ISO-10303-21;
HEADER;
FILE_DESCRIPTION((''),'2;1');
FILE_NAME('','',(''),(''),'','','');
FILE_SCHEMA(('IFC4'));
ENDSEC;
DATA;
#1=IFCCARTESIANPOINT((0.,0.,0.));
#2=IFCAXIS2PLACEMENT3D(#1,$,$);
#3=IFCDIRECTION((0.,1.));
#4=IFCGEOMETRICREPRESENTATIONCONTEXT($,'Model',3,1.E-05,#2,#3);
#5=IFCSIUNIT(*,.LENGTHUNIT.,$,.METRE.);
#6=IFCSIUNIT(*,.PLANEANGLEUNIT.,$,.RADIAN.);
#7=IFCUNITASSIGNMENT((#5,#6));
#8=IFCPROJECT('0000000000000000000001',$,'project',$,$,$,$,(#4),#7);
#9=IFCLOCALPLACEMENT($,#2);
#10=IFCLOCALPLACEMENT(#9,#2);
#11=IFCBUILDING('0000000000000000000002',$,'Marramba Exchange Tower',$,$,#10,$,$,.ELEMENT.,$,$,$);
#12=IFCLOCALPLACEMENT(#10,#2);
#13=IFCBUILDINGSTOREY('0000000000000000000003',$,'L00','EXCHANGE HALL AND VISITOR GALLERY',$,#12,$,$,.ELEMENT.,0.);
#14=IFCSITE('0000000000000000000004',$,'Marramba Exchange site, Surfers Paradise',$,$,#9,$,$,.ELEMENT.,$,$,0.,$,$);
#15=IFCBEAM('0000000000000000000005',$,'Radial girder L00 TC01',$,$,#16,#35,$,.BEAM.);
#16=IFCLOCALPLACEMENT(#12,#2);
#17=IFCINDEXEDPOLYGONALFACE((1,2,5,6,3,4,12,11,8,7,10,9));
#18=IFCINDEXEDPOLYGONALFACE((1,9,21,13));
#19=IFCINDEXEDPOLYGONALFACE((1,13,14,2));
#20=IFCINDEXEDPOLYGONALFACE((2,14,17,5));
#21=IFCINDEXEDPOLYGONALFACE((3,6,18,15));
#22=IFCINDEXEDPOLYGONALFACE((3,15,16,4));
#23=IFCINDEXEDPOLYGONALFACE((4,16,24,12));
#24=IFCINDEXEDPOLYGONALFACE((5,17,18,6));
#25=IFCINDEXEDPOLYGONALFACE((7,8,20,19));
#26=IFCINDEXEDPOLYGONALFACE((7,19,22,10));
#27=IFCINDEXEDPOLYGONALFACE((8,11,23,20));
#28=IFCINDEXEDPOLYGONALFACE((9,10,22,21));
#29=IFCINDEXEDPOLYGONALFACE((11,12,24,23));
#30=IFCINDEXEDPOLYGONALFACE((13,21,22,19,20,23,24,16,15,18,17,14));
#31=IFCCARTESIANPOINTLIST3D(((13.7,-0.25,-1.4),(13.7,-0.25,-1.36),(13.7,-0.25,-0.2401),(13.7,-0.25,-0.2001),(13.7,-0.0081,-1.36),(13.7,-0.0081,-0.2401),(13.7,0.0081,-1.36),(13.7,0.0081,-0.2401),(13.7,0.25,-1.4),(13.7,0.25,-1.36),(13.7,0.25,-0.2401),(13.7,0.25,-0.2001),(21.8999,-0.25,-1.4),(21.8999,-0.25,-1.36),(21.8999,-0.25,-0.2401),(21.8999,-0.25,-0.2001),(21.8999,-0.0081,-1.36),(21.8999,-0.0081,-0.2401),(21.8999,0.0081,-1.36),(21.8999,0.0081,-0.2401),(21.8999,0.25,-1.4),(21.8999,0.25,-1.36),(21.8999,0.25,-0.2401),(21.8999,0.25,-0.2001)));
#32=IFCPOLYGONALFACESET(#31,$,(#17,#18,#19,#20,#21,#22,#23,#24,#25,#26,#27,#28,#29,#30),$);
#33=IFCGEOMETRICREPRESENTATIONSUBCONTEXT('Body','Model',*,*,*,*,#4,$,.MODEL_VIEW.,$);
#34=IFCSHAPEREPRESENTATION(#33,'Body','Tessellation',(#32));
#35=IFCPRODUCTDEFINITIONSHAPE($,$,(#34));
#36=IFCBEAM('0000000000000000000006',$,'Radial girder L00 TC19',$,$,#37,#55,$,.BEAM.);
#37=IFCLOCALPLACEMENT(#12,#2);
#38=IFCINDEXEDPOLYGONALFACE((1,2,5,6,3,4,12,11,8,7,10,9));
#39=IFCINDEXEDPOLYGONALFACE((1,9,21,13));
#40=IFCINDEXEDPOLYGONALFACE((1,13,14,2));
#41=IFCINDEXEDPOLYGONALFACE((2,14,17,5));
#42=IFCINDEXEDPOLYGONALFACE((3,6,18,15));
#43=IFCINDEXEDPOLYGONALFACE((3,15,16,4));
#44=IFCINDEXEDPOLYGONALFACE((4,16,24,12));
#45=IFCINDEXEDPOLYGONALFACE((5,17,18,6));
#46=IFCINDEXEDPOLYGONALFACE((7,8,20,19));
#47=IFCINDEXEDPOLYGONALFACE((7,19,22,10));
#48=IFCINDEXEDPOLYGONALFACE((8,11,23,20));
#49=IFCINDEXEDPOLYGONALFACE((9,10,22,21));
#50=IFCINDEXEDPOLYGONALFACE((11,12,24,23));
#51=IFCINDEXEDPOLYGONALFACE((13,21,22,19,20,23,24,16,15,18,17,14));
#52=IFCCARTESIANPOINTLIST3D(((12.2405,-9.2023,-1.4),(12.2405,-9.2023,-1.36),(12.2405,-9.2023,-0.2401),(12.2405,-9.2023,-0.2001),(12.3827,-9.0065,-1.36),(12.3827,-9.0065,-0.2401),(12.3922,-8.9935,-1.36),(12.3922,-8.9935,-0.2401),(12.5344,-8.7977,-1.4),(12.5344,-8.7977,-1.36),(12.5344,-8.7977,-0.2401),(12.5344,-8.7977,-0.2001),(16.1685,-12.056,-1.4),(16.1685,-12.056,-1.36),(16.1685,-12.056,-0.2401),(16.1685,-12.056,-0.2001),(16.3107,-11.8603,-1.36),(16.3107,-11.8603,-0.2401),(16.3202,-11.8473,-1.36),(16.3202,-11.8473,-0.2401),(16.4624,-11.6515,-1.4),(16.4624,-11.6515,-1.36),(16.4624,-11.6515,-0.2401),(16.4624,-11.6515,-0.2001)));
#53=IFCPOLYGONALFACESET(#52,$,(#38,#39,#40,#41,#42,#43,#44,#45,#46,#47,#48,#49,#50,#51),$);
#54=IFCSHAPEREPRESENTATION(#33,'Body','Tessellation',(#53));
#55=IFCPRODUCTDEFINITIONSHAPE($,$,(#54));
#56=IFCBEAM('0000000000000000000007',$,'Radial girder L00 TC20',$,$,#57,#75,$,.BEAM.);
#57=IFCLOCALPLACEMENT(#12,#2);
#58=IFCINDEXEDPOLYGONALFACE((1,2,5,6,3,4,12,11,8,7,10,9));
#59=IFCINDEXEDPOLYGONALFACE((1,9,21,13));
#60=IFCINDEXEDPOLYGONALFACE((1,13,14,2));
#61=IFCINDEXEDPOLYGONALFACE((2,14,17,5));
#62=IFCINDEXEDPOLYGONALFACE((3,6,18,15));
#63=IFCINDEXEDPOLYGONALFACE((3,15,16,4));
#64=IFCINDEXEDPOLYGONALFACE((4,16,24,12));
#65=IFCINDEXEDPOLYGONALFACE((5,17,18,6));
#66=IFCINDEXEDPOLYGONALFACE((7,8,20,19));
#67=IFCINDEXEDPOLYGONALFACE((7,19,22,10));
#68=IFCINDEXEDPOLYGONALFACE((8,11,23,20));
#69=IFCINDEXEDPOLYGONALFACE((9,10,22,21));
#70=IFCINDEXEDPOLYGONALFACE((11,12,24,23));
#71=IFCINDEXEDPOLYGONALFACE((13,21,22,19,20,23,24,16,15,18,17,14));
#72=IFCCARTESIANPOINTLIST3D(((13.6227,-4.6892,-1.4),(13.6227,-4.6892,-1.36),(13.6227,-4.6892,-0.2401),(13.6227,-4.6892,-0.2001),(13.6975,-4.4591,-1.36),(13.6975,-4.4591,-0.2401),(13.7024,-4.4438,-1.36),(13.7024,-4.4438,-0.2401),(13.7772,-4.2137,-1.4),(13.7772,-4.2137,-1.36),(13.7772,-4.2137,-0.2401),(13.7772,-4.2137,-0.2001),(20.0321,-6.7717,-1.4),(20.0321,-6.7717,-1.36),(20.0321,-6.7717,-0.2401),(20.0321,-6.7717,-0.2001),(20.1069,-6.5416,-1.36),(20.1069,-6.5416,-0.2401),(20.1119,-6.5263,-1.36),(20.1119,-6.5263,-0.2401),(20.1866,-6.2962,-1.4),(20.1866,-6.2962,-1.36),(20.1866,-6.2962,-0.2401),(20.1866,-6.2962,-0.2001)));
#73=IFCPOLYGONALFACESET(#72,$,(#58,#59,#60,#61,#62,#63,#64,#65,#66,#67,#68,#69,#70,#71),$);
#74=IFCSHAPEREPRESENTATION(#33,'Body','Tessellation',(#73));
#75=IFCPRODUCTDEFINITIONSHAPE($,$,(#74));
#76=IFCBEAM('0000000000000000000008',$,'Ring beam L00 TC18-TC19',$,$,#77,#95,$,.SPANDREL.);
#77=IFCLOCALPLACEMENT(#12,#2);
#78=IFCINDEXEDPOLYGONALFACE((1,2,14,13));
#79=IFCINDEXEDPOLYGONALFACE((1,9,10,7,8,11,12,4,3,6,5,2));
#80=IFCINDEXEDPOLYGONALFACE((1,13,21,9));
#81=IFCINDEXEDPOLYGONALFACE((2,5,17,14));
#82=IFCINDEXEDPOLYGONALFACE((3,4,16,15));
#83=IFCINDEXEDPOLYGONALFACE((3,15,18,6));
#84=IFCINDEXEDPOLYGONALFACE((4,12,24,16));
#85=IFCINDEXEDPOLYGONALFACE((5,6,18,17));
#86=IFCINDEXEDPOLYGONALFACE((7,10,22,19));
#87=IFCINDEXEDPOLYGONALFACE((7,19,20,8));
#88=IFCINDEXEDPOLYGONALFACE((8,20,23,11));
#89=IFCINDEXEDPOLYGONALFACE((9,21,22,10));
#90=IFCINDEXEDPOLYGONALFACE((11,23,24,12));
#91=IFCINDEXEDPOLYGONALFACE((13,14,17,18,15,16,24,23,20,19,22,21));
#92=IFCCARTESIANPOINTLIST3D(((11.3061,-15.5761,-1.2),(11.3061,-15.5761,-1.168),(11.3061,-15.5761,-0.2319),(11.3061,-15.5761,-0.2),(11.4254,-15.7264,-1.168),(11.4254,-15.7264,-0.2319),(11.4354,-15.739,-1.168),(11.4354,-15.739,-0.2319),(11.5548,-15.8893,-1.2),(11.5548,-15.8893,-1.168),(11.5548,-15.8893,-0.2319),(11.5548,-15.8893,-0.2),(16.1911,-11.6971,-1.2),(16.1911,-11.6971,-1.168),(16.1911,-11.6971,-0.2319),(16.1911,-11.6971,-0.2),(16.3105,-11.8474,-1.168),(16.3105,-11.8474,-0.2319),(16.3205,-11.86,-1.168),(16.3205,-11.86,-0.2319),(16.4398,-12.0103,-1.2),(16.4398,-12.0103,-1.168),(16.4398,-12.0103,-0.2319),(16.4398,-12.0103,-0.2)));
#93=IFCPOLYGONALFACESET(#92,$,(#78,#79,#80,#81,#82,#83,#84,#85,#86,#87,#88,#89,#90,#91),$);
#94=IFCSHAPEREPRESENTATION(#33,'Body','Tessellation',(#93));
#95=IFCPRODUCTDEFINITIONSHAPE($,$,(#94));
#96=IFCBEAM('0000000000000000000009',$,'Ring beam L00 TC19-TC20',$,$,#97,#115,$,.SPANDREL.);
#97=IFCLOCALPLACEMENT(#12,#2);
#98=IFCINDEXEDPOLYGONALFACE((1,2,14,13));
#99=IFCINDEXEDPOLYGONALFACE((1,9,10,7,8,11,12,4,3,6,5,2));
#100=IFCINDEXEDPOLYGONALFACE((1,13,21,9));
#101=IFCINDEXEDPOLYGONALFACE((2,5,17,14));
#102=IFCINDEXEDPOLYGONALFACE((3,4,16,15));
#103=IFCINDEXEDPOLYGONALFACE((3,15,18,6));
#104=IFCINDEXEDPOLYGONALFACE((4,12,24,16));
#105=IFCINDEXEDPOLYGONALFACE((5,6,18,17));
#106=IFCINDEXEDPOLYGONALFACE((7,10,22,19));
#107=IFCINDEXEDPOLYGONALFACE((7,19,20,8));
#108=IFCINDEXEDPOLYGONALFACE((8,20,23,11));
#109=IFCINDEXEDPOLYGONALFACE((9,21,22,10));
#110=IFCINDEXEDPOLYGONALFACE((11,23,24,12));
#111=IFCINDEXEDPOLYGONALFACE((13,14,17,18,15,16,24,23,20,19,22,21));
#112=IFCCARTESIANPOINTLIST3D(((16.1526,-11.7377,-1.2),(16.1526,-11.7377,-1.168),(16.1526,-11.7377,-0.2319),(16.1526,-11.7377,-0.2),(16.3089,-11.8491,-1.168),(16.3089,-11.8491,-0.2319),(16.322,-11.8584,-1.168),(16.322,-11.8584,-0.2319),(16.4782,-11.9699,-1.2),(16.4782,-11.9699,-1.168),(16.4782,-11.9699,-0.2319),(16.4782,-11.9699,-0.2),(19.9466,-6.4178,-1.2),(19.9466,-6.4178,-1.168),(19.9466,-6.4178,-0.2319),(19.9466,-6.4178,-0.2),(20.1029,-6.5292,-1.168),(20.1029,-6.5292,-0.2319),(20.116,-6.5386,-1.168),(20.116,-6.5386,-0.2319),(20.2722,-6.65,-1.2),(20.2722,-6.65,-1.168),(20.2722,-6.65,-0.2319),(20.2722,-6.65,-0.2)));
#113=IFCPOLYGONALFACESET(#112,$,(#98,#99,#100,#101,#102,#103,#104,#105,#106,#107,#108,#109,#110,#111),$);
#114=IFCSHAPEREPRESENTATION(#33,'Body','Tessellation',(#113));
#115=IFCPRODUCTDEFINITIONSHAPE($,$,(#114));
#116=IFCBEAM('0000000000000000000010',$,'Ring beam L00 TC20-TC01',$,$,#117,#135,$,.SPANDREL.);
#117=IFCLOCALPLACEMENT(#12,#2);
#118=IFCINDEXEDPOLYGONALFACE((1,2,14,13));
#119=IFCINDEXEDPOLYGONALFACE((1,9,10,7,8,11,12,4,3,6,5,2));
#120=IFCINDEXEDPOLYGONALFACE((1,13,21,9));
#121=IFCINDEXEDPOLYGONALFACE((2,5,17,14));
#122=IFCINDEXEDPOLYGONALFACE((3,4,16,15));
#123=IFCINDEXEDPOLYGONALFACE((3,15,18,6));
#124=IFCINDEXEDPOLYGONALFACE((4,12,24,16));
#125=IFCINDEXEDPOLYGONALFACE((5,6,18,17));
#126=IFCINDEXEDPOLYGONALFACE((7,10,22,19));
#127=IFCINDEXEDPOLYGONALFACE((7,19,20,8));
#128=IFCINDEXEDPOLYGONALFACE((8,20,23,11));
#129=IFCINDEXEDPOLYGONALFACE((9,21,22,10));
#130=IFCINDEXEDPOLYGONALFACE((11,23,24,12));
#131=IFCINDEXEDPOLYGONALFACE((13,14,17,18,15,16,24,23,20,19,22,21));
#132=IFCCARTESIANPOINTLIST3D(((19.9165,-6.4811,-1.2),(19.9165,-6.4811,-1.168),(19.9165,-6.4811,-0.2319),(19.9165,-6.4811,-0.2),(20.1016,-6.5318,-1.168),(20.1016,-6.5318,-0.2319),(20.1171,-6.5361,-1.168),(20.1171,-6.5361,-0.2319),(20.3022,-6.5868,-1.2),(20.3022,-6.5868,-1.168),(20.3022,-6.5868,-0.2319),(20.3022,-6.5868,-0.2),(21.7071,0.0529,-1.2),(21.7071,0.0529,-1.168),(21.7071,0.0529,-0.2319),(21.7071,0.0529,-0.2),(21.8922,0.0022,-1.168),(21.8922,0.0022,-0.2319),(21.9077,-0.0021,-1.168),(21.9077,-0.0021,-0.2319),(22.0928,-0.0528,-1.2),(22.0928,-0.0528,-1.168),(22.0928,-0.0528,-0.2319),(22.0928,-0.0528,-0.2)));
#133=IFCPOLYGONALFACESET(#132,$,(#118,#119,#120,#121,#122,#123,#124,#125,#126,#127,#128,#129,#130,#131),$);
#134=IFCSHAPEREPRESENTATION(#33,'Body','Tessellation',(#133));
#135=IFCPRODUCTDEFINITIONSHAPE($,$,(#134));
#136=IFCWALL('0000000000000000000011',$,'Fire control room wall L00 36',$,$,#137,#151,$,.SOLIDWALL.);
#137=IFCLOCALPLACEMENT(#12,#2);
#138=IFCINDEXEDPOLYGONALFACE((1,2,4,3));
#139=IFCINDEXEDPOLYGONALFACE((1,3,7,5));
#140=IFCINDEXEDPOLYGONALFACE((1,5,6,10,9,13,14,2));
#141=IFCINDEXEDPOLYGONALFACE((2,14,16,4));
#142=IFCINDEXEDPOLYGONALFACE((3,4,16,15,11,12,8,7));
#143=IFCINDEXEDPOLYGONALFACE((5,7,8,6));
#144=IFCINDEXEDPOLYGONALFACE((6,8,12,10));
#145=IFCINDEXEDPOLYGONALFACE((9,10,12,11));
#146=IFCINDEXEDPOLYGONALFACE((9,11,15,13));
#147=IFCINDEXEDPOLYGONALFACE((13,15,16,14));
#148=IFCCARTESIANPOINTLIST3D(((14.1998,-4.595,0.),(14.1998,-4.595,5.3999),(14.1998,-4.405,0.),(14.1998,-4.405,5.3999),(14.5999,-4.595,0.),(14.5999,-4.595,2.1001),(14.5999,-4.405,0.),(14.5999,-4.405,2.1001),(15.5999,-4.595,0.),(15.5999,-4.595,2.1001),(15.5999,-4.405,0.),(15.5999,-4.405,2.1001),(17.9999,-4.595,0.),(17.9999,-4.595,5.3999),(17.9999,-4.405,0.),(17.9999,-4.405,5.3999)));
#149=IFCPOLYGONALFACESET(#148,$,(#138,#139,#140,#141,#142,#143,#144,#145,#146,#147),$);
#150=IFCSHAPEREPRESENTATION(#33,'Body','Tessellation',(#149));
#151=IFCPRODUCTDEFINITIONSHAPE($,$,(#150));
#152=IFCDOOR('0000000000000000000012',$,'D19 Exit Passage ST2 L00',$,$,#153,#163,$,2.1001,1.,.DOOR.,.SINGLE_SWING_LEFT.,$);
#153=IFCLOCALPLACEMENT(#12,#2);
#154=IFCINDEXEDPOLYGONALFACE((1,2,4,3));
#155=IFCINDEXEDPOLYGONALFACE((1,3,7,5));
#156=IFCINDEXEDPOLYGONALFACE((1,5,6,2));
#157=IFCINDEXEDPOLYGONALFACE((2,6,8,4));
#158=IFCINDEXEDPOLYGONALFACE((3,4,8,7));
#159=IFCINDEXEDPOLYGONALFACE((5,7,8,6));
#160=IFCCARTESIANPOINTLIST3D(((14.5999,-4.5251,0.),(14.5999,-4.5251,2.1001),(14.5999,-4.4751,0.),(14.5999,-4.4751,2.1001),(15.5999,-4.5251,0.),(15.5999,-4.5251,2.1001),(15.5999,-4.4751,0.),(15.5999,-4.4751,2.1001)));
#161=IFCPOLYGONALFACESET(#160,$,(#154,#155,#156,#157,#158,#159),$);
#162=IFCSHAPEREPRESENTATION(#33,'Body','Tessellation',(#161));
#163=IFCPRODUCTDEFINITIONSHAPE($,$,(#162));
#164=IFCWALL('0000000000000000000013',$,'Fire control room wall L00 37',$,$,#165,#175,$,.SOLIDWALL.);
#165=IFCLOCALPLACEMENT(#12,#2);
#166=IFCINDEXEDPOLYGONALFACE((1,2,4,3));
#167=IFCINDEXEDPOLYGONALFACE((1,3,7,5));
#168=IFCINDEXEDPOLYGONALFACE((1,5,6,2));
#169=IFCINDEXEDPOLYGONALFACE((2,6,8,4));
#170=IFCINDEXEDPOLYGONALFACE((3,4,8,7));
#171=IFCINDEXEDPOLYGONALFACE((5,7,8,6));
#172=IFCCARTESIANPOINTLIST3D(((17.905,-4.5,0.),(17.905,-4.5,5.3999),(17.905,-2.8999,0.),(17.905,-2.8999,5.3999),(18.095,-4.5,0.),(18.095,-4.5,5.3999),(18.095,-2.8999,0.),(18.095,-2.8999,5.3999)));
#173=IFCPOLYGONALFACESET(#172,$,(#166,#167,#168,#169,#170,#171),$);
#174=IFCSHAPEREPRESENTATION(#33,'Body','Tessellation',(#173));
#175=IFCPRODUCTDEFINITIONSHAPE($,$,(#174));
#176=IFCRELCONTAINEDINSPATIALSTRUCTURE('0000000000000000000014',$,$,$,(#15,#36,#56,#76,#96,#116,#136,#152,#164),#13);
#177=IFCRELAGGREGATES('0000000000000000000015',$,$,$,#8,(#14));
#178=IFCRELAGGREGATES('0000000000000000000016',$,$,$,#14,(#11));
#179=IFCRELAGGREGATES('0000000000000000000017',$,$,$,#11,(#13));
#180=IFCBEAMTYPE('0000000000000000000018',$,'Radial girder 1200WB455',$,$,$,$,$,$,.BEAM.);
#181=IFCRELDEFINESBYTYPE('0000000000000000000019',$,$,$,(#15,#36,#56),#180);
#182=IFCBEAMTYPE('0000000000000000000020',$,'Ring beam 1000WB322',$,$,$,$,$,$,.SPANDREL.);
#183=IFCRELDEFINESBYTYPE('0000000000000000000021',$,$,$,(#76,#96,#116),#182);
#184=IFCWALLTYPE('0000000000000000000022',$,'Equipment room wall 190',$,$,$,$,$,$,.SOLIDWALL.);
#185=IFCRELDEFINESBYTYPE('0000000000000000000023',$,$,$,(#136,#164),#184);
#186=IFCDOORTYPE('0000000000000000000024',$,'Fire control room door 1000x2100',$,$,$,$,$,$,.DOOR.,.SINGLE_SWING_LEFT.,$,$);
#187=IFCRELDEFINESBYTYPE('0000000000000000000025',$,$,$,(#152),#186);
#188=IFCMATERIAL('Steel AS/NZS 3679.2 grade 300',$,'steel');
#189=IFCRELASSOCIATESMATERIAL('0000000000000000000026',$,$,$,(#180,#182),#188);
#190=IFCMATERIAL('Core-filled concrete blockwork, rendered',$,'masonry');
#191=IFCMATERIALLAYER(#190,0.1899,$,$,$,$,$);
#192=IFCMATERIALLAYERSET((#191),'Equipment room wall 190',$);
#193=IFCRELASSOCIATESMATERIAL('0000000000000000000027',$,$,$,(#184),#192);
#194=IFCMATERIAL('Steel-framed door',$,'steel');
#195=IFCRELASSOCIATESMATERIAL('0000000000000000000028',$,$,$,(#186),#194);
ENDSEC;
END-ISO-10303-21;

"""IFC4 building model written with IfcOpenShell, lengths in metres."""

from ifc_helpers import new_model, si_unit, direction, frame, frame_2d, origin, origin_2d, place, context, subcontext, project, spatial, rectangle, i_section, extrude, material, layer, layer_set, material_profile, profile_set, type_object, element, fill, save


model = new_model("IFC4")

# Units and contexts
model_context = context("Model", 3, precision=1e-05, world=origin(), true_north=direction((0.0, 1.0)))
body_context = subcontext(model_context, "Body", "Model", "MODEL_VIEW")
ifc_project = project(units=[si_unit("LENGTHUNIT", "METRE"), si_unit("PLANEANGLEUNIT", "RADIAN")], contexts=[model_context])

# Site, building, storey
site_placement = place(None, origin())
site = spatial("IfcSite", under=ifc_project, at=site_placement, Name="Marramba Exchange site, Surfers Paradise", CompositionType="ELEMENT", RefElevation=0.0)
building_placement = place(site_placement, origin())
building = spatial("IfcBuilding", under=site, at=building_placement, Name="Marramba Exchange Tower", CompositionType="ELEMENT")
storey_placement = place(building_placement, origin())
storey = spatial("IfcBuildingStorey", under=building, at=storey_placement, Name="L00", Description="EXCHANGE HALL AND VISITOR GALLERY", CompositionType="ELEMENT", Elevation=0.0)

# Beams
ifc_material_1 = material(Name="Steel AS/NZS 3679.2 grade 300", Category="steel")
ifc_material_profile_1 = material_profile(ifc_material_1, i_section(OverallWidth=0.5, OverallDepth=1.2, WebThickness=0.0161, FlangeThickness=0.04, at=origin_2d()), Name="1200WB455")
ifc_profile_set_1 = profile_set([ifc_material_profile_1], Name="Steel AS/NZS 3679.2 grade 300")
beam_type_1 = type_object("IfcBeamType", Name="Radial girder 1200WB455", PredefinedType="BEAM", material=ifc_profile_set_1)
beam_1_placement = place(storey_placement, frame((13.7, 0.0, -0.8), z_axis=(1.0, 0.0, 0.0), x_axis=(0.0, 1.0, 0.0)))
element("IfcBeam", 1, at=beam_1_placement, inside=storey, type_object=beam_type_1, Name="Radial girder L00 TC01", PredefinedType="BEAM", context=body_context, shape_type="SweptSolid", body=[
    extrude(i_section(OverallWidth=0.5, OverallDepth=1.2, WebThickness=0.0161, FlangeThickness=0.04, at=origin_2d()), origin(), (0.0, 0.0, 1.0), 8.2),
])
beam_2_placement = place(storey_placement, frame((12.3875, -9.0, -0.8), z_axis=(0.809025, -0.587774, 0.0), x_axis=(0.587774, 0.809025, 0.0)))
element("IfcBeam", 2, at=beam_2_placement, inside=storey, type_object=beam_type_1, Name="Radial girder L00 TC19", PredefinedType="BEAM", context=body_context, shape_type="SweptSolid", body=[
    extrude(i_section(OverallWidth=0.5, OverallDepth=1.2, WebThickness=0.0161, FlangeThickness=0.04, at=origin_2d()), origin(), (0.0, 0.0, 1.0), 4.8552),
])
beam_3_placement = place(storey_placement, frame((13.7, -4.4514, -0.8), z_axis=(0.951058, -0.309013, 0.0), x_axis=(0.309013, 0.951058, 0.0)))
element("IfcBeam", 3, at=beam_3_placement, inside=storey, type_object=beam_type_1, Name="Radial girder L00 TC20", PredefinedType="BEAM", context=body_context, shape_type="SweptSolid", body=[
    extrude(i_section(OverallWidth=0.5, OverallDepth=1.2, WebThickness=0.0161, FlangeThickness=0.04, at=origin_2d()), origin(), (0.0, 0.0, 1.0), 6.7393),
])
ifc_material_profile_2 = material_profile(ifc_material_1, i_section(OverallWidth=0.3999, OverallDepth=1.0, WebThickness=0.0161, FlangeThickness=0.032, at=origin_2d()), Name="1000WB322")
ifc_profile_set_2 = profile_set([ifc_material_profile_2], Name="Steel AS/NZS 3679.2 grade 300")
beam_type_2 = type_object("IfcBeamType", Name="Ring beam 1000WB322", PredefinedType="SPANDREL", material=ifc_profile_set_2)
beam_4_placement = place(storey_placement, frame((11.4304, -15.7327, -0.7), z_axis=(0.783139, 0.621846, 0.0), x_axis=(-0.621846, 0.783139, 0.0)))
element("IfcBeam", 4, at=beam_4_placement, inside=storey, type_object=beam_type_2, Name="Ring beam L00 TC18-TC19", PredefinedType="SPANDREL", context=body_context, shape_type="SweptSolid", body=[
    extrude(i_section(OverallWidth=0.3999, OverallDepth=1.0, WebThickness=0.0161, FlangeThickness=0.032, at=origin_2d()), origin(), (0.0, 0.0, 1.0), 6.2378),
])
beam_5_placement = place(storey_placement, frame((16.3154, -11.8538, -0.7), z_axis=(0.580637, 0.814162, 0.0), x_axis=(-0.814162, 0.580637, 0.0)))
element("IfcBeam", 5, at=beam_5_placement, inside=storey, type_object=beam_type_2, Name="Ring beam L00 TC19-TC20", PredefinedType="SPANDREL", context=body_context, shape_type="SweptSolid", body=[
    extrude(i_section(OverallWidth=0.3999, OverallDepth=1.0, WebThickness=0.0161, FlangeThickness=0.032, at=origin_2d()), origin(), (0.0, 0.0, 1.0), 6.5342),
])
beam_6_placement = place(storey_placement, frame((20.1094, -6.5339, -0.7), z_axis=(0.264291, 0.964443, 0.0), x_axis=(-0.964443, 0.264291, 0.0)))
element("IfcBeam", 6, at=beam_6_placement, inside=storey, type_object=beam_type_2, Name="Ring beam L00 TC20-TC01", PredefinedType="SPANDREL", context=body_context, shape_type="SweptSolid", body=[
    extrude(i_section(OverallWidth=0.3999, OverallDepth=1.0, WebThickness=0.0161, FlangeThickness=0.032, at=origin_2d()), origin(), (0.0, 0.0, 1.0), 6.7749),
])

# Shared definitions
ifc_material_2 = material(Name="Steel-framed door", Category="steel")

# Wall, opening, door
ifc_material_3 = material(Name="Core-filled concrete blockwork, rendered", Category="masonry")
ifc_layer_1 = layer(ifc_material_3, 0.1899)
ifc_layer_set_1 = layer_set([ifc_layer_1], Name="Equipment room wall 190")
wall_type_1 = type_object("IfcWallType", Name="Equipment room wall 190", PredefinedType="SOLIDWALL", material=ifc_layer_set_1)
wall_1_placement = place(storey_placement, frame((14.2, -4.5, 0.0), z_axis=(0.0, 0.0, 1.0), x_axis=(1.0, 0.0, 0.0)))
wall_1 = element("IfcWall", 7, at=wall_1_placement, inside=storey, type_object=wall_type_1, Name="Fire control room wall L00 36", PredefinedType="SOLIDWALL", context=body_context, shape_type="SweptSolid", body=[
    extrude(rectangle(XDim=3.8, YDim=0.1899, at=frame_2d((1.8999, 0.0))), origin(), (0.0, 0.0, 1.0), 5.3999),
])
opening_1_placement = place(wall_1_placement, frame((0.3999, 0.0, 0.0)))
opening_1 = element("IfcOpeningElement", 8, at=opening_1_placement, cuts=wall_1, PredefinedType="OPENING", context=body_context, shape_type="SweptSolid", body=[
    extrude(rectangle(XDim=1.0, YDim=2.1001, at=frame_2d((0.5, 1.05))), frame((0.0, 0.105, 0.0), z_axis=(0.0, -1.0, 0.0), x_axis=(1.0, 0.0, 0.0)), (0.0, 0.0, 1.0), 0.21),
])
door_type_1 = type_object("IfcDoorType", Name="Fire control room door 1000x2100", OperationType="SINGLE_SWING_LEFT", PredefinedType="DOOR", material=ifc_material_2)
door_1_placement = place(opening_1_placement, origin())
door_1 = element("IfcDoor", 9, at=door_1_placement, inside=storey, type_object=door_type_1, Name="D19 Exit Passage ST2 L00", OperationType="SINGLE_SWING_LEFT", OverallHeight=2.1001, OverallWidth=1.0, PredefinedType="DOOR", context=body_context, shape_type="SweptSolid", body=[
    extrude(rectangle(XDim=1.0, YDim=2.1001, at=frame_2d((0.5, 1.05))), frame((0.0, 0.0249, 0.0), z_axis=(0.0, -1.0, 0.0), x_axis=(1.0, 0.0, 0.0)), (0.0, 0.0, 1.0), 0.05),
])
fill(opening_1, door_1)

# Wall
wall_2_placement = place(storey_placement, frame((18.0, -4.5, 0.0), z_axis=(0.0, 0.0, 1.0), x_axis=(0.0, 1.0, 0.0)))
element("IfcWall", 10, at=wall_2_placement, inside=storey, type_object=wall_type_1, Name="Fire control room wall L00 37", PredefinedType="SOLIDWALL", context=body_context, shape_type="SweptSolid", body=[
    extrude(rectangle(XDim=1.6001, YDim=0.1899, at=frame_2d((0.8, 0.0))), origin(), (0.0, 0.0, 1.0), 5.3999),
])

save(model, "model.ifc")
